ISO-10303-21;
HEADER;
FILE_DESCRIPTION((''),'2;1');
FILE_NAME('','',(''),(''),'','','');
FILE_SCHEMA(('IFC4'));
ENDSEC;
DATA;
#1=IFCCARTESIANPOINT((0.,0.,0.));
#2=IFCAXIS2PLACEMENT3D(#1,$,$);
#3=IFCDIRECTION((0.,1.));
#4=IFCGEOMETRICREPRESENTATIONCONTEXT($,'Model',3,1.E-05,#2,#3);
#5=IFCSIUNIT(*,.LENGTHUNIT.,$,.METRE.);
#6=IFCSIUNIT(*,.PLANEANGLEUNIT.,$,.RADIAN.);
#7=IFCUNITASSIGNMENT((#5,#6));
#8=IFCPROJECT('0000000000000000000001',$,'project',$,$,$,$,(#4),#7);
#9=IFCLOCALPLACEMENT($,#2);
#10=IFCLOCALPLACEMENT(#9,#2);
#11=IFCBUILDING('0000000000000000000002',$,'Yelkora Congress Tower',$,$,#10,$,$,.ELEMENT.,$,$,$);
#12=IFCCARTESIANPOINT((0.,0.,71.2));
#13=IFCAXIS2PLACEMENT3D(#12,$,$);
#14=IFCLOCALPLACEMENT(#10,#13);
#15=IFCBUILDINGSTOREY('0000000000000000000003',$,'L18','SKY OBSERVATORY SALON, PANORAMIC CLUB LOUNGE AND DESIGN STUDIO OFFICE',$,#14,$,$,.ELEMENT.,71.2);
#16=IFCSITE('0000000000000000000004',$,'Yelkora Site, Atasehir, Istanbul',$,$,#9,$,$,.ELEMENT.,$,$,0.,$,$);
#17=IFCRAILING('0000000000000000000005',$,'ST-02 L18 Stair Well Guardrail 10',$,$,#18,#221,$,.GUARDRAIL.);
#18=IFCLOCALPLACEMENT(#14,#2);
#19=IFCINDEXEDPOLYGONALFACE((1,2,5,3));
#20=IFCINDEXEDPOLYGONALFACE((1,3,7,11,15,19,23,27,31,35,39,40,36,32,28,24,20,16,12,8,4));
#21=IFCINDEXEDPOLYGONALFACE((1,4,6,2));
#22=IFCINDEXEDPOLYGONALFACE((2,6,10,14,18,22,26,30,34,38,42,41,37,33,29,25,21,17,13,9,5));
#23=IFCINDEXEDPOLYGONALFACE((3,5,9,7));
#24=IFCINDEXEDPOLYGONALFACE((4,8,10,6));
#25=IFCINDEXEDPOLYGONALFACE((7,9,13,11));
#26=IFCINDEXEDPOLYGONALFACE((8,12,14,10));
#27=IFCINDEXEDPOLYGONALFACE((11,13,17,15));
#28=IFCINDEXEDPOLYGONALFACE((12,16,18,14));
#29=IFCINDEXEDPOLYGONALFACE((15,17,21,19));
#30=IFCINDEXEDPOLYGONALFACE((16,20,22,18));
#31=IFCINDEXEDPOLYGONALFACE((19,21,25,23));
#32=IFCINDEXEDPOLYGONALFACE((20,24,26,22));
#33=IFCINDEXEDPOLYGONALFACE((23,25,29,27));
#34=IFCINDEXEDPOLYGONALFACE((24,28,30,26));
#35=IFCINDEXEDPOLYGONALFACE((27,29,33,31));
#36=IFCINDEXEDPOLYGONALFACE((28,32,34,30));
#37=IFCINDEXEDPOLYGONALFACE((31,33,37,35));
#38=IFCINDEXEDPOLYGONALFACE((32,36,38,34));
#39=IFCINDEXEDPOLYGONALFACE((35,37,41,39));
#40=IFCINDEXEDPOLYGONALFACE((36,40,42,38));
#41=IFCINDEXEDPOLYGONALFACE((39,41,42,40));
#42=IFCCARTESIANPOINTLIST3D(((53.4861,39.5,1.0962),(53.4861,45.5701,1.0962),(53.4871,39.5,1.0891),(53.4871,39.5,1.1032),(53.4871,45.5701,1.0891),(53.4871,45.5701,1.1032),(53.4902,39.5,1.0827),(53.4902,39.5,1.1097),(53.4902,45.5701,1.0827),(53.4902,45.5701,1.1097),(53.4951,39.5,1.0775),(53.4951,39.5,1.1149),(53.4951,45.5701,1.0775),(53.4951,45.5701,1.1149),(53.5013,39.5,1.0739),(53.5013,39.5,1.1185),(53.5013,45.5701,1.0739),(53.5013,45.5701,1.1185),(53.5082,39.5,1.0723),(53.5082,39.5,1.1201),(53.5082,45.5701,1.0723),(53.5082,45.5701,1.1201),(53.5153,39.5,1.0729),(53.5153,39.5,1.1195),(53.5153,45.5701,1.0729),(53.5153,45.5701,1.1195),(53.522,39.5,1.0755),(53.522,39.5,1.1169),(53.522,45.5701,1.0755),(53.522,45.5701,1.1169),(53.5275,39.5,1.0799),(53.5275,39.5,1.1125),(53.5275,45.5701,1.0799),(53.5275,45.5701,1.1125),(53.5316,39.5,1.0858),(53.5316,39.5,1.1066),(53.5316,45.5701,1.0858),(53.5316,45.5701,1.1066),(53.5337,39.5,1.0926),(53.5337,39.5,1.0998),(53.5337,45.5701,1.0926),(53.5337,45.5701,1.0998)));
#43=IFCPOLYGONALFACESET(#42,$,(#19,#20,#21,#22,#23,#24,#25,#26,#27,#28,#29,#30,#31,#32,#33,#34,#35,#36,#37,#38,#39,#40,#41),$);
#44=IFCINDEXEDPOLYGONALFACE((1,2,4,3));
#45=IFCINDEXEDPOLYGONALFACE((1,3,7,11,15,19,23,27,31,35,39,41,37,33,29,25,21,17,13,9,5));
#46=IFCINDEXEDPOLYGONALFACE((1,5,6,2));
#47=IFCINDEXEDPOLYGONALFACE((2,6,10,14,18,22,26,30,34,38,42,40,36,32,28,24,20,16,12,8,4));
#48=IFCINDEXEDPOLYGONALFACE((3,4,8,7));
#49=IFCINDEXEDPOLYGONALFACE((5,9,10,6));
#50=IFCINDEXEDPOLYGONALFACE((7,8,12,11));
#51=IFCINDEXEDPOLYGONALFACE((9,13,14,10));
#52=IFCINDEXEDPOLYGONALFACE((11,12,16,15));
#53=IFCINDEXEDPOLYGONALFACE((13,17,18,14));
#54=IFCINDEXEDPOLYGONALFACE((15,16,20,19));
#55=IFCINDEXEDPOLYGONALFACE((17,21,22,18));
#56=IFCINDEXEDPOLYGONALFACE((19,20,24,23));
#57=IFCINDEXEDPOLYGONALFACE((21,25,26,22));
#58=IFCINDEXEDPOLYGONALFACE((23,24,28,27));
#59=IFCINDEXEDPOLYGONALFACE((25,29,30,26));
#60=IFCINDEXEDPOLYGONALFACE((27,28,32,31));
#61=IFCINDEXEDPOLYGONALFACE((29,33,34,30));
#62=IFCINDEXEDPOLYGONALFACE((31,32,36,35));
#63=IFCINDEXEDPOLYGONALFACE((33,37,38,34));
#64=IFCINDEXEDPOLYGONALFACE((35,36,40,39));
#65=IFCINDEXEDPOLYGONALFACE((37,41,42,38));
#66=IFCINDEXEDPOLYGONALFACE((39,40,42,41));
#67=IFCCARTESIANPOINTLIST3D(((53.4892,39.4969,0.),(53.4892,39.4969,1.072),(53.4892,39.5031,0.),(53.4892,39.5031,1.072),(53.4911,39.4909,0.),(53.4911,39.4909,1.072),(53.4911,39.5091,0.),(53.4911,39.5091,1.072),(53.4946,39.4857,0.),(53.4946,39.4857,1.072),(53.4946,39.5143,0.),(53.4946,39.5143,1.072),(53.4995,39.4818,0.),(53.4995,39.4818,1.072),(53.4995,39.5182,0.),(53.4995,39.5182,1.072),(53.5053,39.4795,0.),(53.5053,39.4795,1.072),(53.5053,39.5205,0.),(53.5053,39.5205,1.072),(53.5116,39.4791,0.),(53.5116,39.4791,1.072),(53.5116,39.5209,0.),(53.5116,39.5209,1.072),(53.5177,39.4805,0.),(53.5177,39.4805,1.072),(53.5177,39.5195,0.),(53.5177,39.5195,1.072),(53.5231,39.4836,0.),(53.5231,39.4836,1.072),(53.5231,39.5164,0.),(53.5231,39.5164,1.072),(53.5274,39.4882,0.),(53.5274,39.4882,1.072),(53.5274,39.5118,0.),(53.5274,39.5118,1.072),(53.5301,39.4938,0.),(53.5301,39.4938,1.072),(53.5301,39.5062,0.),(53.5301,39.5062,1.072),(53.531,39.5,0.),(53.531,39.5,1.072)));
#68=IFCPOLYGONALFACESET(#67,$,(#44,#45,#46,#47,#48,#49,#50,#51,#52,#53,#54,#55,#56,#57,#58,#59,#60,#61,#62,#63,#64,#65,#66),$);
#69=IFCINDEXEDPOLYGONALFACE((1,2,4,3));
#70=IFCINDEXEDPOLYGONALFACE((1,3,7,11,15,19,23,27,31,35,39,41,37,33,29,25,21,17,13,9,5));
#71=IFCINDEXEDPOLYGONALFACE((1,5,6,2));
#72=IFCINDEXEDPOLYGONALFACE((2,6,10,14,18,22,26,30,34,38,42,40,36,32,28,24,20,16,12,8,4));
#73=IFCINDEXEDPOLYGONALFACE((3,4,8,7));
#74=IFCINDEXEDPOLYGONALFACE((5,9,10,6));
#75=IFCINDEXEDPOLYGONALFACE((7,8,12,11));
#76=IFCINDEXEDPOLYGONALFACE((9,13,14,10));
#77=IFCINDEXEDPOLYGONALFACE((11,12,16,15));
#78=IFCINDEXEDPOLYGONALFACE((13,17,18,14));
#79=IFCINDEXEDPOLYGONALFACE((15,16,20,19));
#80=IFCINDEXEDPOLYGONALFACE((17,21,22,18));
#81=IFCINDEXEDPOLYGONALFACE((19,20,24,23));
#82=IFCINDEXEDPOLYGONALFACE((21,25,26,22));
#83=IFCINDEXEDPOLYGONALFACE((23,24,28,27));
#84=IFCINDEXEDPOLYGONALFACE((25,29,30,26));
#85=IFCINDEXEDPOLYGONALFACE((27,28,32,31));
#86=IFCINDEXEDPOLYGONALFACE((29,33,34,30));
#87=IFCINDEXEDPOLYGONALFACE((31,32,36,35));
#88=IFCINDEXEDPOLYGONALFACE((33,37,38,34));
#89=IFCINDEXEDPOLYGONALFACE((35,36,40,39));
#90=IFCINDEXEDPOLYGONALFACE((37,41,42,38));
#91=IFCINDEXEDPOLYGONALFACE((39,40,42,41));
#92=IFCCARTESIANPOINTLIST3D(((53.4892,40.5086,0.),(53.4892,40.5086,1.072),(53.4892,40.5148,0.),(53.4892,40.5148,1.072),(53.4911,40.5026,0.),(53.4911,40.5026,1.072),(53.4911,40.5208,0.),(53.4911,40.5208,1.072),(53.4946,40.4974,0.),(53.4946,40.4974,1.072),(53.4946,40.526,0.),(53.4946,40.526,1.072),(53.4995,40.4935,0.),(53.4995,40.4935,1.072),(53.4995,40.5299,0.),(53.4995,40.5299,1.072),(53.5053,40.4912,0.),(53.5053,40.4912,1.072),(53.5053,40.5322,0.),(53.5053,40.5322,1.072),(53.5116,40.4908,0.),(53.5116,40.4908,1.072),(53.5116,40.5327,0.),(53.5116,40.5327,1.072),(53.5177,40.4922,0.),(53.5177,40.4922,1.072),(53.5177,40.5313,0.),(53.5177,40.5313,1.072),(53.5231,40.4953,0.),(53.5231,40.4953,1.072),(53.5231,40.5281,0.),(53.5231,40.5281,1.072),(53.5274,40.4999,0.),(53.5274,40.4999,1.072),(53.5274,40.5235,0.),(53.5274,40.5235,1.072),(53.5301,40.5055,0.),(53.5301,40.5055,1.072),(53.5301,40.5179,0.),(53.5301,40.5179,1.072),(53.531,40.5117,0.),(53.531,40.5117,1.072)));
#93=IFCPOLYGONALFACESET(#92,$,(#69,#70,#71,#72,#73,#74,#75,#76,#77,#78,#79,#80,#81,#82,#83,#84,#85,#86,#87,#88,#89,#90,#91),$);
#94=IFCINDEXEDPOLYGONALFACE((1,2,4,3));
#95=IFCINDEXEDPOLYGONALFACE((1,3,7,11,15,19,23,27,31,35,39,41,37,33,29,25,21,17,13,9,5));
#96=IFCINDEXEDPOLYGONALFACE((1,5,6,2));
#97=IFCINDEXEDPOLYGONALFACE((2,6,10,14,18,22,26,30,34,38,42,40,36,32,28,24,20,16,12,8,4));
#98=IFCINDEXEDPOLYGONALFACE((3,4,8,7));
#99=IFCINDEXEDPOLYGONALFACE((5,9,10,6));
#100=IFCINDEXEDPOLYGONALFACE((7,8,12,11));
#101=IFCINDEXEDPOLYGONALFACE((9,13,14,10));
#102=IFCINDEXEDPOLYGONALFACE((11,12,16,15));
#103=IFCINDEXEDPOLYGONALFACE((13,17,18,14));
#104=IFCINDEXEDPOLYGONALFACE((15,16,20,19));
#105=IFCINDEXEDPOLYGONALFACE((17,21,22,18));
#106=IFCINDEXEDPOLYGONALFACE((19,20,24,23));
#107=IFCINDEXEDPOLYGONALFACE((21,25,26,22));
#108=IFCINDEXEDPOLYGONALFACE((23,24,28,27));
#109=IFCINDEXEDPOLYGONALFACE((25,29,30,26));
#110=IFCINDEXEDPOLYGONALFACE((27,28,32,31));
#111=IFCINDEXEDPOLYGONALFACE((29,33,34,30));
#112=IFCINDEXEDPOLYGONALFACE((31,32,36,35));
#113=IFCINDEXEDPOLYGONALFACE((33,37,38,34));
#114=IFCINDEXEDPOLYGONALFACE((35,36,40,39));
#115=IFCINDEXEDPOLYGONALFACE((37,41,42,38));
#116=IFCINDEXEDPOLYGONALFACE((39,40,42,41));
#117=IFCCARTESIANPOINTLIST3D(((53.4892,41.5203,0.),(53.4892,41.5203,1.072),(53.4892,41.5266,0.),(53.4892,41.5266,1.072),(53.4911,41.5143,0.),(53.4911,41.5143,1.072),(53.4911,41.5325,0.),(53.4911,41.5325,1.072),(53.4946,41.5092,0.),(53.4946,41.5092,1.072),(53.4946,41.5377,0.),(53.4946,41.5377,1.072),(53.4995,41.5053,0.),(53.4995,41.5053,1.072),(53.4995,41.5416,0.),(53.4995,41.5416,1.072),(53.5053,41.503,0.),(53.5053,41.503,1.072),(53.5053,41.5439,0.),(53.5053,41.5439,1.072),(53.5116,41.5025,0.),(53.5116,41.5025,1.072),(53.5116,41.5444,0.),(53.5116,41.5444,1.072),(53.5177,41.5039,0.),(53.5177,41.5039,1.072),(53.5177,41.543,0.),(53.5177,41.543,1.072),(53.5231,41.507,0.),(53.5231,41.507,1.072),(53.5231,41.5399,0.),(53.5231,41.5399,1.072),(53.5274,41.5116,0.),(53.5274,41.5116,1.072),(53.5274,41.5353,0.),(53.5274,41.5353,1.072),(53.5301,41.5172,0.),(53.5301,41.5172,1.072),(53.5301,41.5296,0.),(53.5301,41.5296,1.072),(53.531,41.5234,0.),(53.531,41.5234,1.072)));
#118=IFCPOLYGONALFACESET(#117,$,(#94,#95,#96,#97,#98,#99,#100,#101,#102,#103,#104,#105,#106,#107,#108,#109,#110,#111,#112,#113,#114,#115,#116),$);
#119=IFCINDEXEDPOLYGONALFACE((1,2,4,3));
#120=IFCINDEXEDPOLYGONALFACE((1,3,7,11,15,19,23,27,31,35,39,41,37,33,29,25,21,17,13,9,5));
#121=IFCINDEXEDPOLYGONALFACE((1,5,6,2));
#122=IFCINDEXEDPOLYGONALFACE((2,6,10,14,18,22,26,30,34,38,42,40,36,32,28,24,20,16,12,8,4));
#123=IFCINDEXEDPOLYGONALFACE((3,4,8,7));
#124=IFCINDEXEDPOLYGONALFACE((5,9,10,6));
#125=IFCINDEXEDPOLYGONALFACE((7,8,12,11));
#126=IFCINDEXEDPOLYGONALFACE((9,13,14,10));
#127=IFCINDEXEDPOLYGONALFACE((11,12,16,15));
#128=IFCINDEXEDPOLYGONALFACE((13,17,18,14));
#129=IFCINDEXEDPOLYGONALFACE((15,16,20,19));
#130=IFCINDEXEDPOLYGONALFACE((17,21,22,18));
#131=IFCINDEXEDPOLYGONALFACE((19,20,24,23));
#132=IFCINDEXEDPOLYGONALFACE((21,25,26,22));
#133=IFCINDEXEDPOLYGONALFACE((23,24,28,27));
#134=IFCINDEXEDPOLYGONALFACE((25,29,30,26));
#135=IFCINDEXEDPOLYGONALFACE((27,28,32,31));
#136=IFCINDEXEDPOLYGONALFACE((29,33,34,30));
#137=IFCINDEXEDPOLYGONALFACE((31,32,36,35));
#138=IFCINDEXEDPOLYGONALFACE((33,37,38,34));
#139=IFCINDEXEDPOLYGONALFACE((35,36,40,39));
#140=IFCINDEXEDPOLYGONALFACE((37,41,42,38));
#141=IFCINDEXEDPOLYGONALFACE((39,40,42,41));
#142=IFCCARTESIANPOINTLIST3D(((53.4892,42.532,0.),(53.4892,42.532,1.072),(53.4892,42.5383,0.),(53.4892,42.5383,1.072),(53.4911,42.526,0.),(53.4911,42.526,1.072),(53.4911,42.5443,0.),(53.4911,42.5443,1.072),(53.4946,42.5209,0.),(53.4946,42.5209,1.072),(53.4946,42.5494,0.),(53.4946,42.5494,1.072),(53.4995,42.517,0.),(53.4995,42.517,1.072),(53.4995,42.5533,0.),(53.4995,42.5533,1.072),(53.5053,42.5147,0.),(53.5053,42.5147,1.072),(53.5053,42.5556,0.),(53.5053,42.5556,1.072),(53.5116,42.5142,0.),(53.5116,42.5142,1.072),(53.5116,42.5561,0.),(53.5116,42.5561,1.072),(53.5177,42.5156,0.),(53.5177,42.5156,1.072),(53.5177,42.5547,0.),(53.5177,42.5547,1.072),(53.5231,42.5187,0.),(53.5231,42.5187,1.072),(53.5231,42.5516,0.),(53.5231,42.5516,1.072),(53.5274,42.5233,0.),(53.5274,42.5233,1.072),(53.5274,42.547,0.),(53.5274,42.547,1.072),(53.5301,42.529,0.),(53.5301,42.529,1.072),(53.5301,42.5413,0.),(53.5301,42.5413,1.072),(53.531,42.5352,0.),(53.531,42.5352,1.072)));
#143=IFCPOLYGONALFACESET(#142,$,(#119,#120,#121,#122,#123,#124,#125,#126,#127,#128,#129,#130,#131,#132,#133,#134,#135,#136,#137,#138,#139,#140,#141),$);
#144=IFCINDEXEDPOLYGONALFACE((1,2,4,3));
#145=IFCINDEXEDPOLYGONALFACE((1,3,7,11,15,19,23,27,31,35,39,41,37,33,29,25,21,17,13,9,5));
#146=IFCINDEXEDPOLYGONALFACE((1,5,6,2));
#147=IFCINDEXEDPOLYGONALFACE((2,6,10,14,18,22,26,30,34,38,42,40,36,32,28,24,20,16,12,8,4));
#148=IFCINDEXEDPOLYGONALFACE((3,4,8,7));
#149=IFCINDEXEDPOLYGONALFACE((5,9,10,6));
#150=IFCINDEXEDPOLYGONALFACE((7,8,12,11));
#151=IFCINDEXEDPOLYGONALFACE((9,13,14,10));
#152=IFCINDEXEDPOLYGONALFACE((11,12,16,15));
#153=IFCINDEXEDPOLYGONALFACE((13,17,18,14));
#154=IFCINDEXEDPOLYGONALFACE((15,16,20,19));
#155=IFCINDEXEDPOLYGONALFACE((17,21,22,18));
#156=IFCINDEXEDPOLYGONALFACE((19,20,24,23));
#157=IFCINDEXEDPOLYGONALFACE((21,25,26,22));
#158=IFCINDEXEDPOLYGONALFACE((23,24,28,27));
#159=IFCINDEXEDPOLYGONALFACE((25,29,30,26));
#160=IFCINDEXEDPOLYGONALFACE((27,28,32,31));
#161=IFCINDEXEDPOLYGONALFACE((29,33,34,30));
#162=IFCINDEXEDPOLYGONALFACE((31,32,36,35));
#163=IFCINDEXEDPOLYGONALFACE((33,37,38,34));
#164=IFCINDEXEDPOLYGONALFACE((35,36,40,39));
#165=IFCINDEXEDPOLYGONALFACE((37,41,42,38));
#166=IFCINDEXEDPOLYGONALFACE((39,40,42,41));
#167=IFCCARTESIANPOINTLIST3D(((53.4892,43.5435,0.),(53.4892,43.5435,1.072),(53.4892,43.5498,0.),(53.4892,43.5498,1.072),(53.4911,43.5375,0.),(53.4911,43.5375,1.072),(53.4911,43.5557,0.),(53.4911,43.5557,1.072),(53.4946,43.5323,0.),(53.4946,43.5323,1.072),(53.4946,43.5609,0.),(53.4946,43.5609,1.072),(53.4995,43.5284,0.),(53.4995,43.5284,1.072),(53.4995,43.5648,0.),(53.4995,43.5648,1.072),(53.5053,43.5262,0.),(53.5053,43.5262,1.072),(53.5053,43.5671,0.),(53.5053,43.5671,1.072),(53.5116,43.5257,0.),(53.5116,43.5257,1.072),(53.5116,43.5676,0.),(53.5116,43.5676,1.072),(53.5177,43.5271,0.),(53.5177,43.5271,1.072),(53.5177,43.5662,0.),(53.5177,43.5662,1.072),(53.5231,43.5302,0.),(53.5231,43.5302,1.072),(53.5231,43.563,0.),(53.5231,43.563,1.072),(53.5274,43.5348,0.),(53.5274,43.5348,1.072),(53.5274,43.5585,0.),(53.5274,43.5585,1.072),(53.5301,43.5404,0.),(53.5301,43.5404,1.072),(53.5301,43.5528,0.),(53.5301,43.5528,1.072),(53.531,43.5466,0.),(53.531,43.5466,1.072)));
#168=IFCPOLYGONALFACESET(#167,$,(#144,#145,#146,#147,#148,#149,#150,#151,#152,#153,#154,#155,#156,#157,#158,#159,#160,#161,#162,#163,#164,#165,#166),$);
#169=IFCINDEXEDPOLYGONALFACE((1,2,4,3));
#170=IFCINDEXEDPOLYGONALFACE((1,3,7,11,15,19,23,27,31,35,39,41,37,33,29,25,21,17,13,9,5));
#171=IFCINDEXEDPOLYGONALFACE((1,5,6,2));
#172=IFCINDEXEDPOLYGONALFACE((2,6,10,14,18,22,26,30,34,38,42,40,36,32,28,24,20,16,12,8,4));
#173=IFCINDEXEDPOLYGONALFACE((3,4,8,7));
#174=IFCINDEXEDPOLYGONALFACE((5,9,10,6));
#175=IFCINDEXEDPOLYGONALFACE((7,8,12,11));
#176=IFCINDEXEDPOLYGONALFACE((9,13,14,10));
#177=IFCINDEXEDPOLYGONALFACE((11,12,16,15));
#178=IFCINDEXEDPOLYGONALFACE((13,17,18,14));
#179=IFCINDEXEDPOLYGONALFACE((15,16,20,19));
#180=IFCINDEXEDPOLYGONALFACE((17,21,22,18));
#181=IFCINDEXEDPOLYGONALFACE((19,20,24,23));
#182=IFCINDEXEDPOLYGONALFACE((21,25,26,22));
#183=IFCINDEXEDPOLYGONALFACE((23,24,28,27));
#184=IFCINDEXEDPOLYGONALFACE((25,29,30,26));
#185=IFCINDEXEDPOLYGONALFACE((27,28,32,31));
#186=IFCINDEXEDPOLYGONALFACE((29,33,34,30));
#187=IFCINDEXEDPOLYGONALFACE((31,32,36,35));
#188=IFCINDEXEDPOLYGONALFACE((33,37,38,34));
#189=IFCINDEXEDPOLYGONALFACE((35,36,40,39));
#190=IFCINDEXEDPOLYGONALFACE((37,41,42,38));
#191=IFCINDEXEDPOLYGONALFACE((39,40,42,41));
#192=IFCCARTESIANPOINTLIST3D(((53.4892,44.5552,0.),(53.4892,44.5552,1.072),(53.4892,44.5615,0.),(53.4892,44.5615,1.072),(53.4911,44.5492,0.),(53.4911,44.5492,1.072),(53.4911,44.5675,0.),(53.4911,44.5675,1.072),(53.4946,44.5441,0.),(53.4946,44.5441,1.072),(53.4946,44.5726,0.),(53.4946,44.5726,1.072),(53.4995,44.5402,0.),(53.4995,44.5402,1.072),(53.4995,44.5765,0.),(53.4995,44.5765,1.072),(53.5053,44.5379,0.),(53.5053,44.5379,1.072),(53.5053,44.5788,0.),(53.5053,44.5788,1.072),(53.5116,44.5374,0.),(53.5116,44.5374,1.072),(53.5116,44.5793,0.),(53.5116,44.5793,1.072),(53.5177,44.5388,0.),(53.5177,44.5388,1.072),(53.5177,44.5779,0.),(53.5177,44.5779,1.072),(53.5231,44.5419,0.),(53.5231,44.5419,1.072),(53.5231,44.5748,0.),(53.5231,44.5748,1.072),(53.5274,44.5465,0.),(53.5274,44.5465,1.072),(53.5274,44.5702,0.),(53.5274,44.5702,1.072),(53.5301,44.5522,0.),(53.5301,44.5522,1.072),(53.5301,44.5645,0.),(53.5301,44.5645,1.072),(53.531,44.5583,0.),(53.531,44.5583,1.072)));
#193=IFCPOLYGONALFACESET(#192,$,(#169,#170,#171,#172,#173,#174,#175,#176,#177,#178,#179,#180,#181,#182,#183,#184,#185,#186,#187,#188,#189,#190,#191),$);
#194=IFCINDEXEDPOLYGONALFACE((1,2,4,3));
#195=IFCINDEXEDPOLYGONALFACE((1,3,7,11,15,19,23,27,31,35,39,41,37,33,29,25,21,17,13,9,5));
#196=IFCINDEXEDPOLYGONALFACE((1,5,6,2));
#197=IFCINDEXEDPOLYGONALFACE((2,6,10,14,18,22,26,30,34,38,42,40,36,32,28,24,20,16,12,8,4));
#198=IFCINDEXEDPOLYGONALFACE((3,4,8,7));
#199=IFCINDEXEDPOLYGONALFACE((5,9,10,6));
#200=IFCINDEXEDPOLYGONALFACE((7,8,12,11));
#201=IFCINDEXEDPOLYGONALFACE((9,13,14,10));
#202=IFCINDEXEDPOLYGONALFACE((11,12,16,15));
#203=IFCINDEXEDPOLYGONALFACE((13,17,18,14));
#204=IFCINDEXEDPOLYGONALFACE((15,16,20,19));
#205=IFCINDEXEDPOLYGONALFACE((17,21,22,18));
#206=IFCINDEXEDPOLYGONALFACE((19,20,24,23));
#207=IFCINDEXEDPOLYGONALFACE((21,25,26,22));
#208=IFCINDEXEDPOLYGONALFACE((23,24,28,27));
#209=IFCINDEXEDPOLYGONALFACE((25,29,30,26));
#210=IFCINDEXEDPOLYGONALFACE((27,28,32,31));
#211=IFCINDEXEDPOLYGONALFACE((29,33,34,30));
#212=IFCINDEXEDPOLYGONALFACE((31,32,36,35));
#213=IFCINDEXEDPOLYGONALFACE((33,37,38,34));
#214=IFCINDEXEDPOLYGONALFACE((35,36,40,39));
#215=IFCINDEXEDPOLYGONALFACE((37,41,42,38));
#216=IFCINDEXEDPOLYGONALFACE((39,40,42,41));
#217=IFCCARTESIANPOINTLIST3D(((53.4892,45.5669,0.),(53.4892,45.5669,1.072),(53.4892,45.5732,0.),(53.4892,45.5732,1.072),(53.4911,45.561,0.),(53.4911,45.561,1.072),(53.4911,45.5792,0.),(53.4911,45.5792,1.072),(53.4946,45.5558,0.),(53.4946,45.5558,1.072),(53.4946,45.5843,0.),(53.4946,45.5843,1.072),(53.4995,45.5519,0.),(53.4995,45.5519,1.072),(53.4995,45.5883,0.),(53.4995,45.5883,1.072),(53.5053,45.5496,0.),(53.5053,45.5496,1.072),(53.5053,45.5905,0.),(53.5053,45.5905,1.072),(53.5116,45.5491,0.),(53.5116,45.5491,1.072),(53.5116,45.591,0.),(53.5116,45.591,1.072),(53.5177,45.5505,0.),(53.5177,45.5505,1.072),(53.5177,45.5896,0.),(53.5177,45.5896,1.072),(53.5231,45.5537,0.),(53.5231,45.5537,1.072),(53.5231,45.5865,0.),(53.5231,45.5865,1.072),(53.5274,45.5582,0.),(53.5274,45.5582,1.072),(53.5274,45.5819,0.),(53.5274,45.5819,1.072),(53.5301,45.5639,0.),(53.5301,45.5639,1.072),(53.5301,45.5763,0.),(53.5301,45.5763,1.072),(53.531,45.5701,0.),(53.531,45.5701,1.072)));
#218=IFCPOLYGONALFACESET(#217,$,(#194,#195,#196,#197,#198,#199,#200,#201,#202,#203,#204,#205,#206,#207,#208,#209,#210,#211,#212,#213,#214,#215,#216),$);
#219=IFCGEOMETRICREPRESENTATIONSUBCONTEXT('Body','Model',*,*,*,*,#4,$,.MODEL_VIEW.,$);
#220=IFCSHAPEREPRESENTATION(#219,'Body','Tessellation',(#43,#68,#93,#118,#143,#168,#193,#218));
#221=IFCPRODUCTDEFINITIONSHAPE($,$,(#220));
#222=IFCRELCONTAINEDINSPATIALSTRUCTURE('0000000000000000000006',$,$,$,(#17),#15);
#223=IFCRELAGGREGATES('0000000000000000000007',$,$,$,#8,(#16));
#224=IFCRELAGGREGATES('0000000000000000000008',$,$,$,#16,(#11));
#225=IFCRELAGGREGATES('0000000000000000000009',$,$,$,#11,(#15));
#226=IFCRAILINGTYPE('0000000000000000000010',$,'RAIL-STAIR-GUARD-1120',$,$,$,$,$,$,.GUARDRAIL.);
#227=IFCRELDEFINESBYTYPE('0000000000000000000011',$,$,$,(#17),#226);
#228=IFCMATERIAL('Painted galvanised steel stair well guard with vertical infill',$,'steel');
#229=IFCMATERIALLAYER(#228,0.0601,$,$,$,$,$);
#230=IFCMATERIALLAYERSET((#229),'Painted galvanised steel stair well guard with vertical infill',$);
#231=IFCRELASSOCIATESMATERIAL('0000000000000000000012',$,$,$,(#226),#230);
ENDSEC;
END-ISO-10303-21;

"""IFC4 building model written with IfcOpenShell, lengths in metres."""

from ifc_helpers import new_model, si_unit, direction, frame, origin, origin_2d, place, context, subcontext, project, spatial, circle, extrude, material, layer, layer_set, type_object, element, save


model = new_model("IFC4")

# Units and contexts
model_context = context("Model", 3, precision=1e-05, world=origin(), true_north=direction((0.0, 1.0)))
body_context = subcontext(model_context, "Body", "Model", "MODEL_VIEW")
ifc_project = project(units=[si_unit("LENGTHUNIT", "METRE"), si_unit("PLANEANGLEUNIT", "RADIAN")], contexts=[model_context])

# Site, building, storey
site_placement = place(None, origin())
site = spatial("IfcSite", under=ifc_project, at=site_placement, Name="Yelkora Site, Atasehir, Istanbul", CompositionType="ELEMENT", RefElevation=0.0)
building_placement = place(site_placement, origin())
building = spatial("IfcBuilding", under=site, at=building_placement, Name="Yelkora Congress Tower", CompositionType="ELEMENT")
storey_placement = place(building_placement, frame((0.0, 0.0, 71.2)))
storey = spatial("IfcBuildingStorey", under=building, at=storey_placement, Name="L18", Description="SKY OBSERVATORY SALON, PANORAMIC CLUB LOUNGE AND DESIGN STUDIO OFFICE", CompositionType="ELEMENT", Elevation=71.2)

# Railing
ifc_material_1 = material(Name="Painted galvanised steel stair well guard with vertical infill", Category="steel")
ifc_layer_1 = layer(ifc_material_1, 0.0601)
ifc_layer_set_1 = layer_set([ifc_layer_1], Name="Painted galvanised steel stair well guard with vertical infill")
railing_type_1 = type_object("IfcRailingType", Name="RAIL-STAIR-GUARD-1120", PredefinedType="GUARDRAIL", material=ifc_layer_set_1)
railing_1_placement = place(storey_placement, frame((53.51, 39.5, 0.0)))
element("IfcRailing", 1, at=railing_1_placement, inside=storey, type_object=railing_type_1, Name="ST-02 L18 Stair Well Guardrail 10", PredefinedType="GUARDRAIL", context=body_context, shape_type="SweptSolid", body=[
    extrude(circle(Radius=0.0239, at=origin_2d()), frame((0.0, 0.0, 1.0962), z_axis=(0.0, 1.0, 0.0), x_axis=(-1.0, 0.0, 0.0)), (0.0, 0.0, 1.0), 6.0701),
    extrude(circle(Radius=0.021, at=origin_2d()), origin(), (0.0, 0.0, 1.0), 1.072),
    extrude(circle(Radius=0.021, at=origin_2d()), frame((0.0, 1.0117, 0.0)), (0.0, 0.0, 1.0), 1.072),
    extrude(circle(Radius=0.021, at=origin_2d()), frame((0.0, 2.0234, 0.0)), (0.0, 0.0, 1.0), 1.072),
    extrude(circle(Radius=0.021, at=origin_2d()), frame((0.0, 3.0352, 0.0)), (0.0, 0.0, 1.0), 1.072),
    extrude(circle(Radius=0.021, at=origin_2d()), frame((0.0, 4.0466, 0.0)), (0.0, 0.0, 1.0), 1.072),
    extrude(circle(Radius=0.021, at=origin_2d()), frame((0.0, 5.0583, 0.0)), (0.0, 0.0, 1.0), 1.072),
    extrude(circle(Radius=0.021, at=origin_2d()), frame((0.0, 6.0701, 0.0)), (0.0, 0.0, 1.0), 1.072),
])

save(model, "model.ifc")
